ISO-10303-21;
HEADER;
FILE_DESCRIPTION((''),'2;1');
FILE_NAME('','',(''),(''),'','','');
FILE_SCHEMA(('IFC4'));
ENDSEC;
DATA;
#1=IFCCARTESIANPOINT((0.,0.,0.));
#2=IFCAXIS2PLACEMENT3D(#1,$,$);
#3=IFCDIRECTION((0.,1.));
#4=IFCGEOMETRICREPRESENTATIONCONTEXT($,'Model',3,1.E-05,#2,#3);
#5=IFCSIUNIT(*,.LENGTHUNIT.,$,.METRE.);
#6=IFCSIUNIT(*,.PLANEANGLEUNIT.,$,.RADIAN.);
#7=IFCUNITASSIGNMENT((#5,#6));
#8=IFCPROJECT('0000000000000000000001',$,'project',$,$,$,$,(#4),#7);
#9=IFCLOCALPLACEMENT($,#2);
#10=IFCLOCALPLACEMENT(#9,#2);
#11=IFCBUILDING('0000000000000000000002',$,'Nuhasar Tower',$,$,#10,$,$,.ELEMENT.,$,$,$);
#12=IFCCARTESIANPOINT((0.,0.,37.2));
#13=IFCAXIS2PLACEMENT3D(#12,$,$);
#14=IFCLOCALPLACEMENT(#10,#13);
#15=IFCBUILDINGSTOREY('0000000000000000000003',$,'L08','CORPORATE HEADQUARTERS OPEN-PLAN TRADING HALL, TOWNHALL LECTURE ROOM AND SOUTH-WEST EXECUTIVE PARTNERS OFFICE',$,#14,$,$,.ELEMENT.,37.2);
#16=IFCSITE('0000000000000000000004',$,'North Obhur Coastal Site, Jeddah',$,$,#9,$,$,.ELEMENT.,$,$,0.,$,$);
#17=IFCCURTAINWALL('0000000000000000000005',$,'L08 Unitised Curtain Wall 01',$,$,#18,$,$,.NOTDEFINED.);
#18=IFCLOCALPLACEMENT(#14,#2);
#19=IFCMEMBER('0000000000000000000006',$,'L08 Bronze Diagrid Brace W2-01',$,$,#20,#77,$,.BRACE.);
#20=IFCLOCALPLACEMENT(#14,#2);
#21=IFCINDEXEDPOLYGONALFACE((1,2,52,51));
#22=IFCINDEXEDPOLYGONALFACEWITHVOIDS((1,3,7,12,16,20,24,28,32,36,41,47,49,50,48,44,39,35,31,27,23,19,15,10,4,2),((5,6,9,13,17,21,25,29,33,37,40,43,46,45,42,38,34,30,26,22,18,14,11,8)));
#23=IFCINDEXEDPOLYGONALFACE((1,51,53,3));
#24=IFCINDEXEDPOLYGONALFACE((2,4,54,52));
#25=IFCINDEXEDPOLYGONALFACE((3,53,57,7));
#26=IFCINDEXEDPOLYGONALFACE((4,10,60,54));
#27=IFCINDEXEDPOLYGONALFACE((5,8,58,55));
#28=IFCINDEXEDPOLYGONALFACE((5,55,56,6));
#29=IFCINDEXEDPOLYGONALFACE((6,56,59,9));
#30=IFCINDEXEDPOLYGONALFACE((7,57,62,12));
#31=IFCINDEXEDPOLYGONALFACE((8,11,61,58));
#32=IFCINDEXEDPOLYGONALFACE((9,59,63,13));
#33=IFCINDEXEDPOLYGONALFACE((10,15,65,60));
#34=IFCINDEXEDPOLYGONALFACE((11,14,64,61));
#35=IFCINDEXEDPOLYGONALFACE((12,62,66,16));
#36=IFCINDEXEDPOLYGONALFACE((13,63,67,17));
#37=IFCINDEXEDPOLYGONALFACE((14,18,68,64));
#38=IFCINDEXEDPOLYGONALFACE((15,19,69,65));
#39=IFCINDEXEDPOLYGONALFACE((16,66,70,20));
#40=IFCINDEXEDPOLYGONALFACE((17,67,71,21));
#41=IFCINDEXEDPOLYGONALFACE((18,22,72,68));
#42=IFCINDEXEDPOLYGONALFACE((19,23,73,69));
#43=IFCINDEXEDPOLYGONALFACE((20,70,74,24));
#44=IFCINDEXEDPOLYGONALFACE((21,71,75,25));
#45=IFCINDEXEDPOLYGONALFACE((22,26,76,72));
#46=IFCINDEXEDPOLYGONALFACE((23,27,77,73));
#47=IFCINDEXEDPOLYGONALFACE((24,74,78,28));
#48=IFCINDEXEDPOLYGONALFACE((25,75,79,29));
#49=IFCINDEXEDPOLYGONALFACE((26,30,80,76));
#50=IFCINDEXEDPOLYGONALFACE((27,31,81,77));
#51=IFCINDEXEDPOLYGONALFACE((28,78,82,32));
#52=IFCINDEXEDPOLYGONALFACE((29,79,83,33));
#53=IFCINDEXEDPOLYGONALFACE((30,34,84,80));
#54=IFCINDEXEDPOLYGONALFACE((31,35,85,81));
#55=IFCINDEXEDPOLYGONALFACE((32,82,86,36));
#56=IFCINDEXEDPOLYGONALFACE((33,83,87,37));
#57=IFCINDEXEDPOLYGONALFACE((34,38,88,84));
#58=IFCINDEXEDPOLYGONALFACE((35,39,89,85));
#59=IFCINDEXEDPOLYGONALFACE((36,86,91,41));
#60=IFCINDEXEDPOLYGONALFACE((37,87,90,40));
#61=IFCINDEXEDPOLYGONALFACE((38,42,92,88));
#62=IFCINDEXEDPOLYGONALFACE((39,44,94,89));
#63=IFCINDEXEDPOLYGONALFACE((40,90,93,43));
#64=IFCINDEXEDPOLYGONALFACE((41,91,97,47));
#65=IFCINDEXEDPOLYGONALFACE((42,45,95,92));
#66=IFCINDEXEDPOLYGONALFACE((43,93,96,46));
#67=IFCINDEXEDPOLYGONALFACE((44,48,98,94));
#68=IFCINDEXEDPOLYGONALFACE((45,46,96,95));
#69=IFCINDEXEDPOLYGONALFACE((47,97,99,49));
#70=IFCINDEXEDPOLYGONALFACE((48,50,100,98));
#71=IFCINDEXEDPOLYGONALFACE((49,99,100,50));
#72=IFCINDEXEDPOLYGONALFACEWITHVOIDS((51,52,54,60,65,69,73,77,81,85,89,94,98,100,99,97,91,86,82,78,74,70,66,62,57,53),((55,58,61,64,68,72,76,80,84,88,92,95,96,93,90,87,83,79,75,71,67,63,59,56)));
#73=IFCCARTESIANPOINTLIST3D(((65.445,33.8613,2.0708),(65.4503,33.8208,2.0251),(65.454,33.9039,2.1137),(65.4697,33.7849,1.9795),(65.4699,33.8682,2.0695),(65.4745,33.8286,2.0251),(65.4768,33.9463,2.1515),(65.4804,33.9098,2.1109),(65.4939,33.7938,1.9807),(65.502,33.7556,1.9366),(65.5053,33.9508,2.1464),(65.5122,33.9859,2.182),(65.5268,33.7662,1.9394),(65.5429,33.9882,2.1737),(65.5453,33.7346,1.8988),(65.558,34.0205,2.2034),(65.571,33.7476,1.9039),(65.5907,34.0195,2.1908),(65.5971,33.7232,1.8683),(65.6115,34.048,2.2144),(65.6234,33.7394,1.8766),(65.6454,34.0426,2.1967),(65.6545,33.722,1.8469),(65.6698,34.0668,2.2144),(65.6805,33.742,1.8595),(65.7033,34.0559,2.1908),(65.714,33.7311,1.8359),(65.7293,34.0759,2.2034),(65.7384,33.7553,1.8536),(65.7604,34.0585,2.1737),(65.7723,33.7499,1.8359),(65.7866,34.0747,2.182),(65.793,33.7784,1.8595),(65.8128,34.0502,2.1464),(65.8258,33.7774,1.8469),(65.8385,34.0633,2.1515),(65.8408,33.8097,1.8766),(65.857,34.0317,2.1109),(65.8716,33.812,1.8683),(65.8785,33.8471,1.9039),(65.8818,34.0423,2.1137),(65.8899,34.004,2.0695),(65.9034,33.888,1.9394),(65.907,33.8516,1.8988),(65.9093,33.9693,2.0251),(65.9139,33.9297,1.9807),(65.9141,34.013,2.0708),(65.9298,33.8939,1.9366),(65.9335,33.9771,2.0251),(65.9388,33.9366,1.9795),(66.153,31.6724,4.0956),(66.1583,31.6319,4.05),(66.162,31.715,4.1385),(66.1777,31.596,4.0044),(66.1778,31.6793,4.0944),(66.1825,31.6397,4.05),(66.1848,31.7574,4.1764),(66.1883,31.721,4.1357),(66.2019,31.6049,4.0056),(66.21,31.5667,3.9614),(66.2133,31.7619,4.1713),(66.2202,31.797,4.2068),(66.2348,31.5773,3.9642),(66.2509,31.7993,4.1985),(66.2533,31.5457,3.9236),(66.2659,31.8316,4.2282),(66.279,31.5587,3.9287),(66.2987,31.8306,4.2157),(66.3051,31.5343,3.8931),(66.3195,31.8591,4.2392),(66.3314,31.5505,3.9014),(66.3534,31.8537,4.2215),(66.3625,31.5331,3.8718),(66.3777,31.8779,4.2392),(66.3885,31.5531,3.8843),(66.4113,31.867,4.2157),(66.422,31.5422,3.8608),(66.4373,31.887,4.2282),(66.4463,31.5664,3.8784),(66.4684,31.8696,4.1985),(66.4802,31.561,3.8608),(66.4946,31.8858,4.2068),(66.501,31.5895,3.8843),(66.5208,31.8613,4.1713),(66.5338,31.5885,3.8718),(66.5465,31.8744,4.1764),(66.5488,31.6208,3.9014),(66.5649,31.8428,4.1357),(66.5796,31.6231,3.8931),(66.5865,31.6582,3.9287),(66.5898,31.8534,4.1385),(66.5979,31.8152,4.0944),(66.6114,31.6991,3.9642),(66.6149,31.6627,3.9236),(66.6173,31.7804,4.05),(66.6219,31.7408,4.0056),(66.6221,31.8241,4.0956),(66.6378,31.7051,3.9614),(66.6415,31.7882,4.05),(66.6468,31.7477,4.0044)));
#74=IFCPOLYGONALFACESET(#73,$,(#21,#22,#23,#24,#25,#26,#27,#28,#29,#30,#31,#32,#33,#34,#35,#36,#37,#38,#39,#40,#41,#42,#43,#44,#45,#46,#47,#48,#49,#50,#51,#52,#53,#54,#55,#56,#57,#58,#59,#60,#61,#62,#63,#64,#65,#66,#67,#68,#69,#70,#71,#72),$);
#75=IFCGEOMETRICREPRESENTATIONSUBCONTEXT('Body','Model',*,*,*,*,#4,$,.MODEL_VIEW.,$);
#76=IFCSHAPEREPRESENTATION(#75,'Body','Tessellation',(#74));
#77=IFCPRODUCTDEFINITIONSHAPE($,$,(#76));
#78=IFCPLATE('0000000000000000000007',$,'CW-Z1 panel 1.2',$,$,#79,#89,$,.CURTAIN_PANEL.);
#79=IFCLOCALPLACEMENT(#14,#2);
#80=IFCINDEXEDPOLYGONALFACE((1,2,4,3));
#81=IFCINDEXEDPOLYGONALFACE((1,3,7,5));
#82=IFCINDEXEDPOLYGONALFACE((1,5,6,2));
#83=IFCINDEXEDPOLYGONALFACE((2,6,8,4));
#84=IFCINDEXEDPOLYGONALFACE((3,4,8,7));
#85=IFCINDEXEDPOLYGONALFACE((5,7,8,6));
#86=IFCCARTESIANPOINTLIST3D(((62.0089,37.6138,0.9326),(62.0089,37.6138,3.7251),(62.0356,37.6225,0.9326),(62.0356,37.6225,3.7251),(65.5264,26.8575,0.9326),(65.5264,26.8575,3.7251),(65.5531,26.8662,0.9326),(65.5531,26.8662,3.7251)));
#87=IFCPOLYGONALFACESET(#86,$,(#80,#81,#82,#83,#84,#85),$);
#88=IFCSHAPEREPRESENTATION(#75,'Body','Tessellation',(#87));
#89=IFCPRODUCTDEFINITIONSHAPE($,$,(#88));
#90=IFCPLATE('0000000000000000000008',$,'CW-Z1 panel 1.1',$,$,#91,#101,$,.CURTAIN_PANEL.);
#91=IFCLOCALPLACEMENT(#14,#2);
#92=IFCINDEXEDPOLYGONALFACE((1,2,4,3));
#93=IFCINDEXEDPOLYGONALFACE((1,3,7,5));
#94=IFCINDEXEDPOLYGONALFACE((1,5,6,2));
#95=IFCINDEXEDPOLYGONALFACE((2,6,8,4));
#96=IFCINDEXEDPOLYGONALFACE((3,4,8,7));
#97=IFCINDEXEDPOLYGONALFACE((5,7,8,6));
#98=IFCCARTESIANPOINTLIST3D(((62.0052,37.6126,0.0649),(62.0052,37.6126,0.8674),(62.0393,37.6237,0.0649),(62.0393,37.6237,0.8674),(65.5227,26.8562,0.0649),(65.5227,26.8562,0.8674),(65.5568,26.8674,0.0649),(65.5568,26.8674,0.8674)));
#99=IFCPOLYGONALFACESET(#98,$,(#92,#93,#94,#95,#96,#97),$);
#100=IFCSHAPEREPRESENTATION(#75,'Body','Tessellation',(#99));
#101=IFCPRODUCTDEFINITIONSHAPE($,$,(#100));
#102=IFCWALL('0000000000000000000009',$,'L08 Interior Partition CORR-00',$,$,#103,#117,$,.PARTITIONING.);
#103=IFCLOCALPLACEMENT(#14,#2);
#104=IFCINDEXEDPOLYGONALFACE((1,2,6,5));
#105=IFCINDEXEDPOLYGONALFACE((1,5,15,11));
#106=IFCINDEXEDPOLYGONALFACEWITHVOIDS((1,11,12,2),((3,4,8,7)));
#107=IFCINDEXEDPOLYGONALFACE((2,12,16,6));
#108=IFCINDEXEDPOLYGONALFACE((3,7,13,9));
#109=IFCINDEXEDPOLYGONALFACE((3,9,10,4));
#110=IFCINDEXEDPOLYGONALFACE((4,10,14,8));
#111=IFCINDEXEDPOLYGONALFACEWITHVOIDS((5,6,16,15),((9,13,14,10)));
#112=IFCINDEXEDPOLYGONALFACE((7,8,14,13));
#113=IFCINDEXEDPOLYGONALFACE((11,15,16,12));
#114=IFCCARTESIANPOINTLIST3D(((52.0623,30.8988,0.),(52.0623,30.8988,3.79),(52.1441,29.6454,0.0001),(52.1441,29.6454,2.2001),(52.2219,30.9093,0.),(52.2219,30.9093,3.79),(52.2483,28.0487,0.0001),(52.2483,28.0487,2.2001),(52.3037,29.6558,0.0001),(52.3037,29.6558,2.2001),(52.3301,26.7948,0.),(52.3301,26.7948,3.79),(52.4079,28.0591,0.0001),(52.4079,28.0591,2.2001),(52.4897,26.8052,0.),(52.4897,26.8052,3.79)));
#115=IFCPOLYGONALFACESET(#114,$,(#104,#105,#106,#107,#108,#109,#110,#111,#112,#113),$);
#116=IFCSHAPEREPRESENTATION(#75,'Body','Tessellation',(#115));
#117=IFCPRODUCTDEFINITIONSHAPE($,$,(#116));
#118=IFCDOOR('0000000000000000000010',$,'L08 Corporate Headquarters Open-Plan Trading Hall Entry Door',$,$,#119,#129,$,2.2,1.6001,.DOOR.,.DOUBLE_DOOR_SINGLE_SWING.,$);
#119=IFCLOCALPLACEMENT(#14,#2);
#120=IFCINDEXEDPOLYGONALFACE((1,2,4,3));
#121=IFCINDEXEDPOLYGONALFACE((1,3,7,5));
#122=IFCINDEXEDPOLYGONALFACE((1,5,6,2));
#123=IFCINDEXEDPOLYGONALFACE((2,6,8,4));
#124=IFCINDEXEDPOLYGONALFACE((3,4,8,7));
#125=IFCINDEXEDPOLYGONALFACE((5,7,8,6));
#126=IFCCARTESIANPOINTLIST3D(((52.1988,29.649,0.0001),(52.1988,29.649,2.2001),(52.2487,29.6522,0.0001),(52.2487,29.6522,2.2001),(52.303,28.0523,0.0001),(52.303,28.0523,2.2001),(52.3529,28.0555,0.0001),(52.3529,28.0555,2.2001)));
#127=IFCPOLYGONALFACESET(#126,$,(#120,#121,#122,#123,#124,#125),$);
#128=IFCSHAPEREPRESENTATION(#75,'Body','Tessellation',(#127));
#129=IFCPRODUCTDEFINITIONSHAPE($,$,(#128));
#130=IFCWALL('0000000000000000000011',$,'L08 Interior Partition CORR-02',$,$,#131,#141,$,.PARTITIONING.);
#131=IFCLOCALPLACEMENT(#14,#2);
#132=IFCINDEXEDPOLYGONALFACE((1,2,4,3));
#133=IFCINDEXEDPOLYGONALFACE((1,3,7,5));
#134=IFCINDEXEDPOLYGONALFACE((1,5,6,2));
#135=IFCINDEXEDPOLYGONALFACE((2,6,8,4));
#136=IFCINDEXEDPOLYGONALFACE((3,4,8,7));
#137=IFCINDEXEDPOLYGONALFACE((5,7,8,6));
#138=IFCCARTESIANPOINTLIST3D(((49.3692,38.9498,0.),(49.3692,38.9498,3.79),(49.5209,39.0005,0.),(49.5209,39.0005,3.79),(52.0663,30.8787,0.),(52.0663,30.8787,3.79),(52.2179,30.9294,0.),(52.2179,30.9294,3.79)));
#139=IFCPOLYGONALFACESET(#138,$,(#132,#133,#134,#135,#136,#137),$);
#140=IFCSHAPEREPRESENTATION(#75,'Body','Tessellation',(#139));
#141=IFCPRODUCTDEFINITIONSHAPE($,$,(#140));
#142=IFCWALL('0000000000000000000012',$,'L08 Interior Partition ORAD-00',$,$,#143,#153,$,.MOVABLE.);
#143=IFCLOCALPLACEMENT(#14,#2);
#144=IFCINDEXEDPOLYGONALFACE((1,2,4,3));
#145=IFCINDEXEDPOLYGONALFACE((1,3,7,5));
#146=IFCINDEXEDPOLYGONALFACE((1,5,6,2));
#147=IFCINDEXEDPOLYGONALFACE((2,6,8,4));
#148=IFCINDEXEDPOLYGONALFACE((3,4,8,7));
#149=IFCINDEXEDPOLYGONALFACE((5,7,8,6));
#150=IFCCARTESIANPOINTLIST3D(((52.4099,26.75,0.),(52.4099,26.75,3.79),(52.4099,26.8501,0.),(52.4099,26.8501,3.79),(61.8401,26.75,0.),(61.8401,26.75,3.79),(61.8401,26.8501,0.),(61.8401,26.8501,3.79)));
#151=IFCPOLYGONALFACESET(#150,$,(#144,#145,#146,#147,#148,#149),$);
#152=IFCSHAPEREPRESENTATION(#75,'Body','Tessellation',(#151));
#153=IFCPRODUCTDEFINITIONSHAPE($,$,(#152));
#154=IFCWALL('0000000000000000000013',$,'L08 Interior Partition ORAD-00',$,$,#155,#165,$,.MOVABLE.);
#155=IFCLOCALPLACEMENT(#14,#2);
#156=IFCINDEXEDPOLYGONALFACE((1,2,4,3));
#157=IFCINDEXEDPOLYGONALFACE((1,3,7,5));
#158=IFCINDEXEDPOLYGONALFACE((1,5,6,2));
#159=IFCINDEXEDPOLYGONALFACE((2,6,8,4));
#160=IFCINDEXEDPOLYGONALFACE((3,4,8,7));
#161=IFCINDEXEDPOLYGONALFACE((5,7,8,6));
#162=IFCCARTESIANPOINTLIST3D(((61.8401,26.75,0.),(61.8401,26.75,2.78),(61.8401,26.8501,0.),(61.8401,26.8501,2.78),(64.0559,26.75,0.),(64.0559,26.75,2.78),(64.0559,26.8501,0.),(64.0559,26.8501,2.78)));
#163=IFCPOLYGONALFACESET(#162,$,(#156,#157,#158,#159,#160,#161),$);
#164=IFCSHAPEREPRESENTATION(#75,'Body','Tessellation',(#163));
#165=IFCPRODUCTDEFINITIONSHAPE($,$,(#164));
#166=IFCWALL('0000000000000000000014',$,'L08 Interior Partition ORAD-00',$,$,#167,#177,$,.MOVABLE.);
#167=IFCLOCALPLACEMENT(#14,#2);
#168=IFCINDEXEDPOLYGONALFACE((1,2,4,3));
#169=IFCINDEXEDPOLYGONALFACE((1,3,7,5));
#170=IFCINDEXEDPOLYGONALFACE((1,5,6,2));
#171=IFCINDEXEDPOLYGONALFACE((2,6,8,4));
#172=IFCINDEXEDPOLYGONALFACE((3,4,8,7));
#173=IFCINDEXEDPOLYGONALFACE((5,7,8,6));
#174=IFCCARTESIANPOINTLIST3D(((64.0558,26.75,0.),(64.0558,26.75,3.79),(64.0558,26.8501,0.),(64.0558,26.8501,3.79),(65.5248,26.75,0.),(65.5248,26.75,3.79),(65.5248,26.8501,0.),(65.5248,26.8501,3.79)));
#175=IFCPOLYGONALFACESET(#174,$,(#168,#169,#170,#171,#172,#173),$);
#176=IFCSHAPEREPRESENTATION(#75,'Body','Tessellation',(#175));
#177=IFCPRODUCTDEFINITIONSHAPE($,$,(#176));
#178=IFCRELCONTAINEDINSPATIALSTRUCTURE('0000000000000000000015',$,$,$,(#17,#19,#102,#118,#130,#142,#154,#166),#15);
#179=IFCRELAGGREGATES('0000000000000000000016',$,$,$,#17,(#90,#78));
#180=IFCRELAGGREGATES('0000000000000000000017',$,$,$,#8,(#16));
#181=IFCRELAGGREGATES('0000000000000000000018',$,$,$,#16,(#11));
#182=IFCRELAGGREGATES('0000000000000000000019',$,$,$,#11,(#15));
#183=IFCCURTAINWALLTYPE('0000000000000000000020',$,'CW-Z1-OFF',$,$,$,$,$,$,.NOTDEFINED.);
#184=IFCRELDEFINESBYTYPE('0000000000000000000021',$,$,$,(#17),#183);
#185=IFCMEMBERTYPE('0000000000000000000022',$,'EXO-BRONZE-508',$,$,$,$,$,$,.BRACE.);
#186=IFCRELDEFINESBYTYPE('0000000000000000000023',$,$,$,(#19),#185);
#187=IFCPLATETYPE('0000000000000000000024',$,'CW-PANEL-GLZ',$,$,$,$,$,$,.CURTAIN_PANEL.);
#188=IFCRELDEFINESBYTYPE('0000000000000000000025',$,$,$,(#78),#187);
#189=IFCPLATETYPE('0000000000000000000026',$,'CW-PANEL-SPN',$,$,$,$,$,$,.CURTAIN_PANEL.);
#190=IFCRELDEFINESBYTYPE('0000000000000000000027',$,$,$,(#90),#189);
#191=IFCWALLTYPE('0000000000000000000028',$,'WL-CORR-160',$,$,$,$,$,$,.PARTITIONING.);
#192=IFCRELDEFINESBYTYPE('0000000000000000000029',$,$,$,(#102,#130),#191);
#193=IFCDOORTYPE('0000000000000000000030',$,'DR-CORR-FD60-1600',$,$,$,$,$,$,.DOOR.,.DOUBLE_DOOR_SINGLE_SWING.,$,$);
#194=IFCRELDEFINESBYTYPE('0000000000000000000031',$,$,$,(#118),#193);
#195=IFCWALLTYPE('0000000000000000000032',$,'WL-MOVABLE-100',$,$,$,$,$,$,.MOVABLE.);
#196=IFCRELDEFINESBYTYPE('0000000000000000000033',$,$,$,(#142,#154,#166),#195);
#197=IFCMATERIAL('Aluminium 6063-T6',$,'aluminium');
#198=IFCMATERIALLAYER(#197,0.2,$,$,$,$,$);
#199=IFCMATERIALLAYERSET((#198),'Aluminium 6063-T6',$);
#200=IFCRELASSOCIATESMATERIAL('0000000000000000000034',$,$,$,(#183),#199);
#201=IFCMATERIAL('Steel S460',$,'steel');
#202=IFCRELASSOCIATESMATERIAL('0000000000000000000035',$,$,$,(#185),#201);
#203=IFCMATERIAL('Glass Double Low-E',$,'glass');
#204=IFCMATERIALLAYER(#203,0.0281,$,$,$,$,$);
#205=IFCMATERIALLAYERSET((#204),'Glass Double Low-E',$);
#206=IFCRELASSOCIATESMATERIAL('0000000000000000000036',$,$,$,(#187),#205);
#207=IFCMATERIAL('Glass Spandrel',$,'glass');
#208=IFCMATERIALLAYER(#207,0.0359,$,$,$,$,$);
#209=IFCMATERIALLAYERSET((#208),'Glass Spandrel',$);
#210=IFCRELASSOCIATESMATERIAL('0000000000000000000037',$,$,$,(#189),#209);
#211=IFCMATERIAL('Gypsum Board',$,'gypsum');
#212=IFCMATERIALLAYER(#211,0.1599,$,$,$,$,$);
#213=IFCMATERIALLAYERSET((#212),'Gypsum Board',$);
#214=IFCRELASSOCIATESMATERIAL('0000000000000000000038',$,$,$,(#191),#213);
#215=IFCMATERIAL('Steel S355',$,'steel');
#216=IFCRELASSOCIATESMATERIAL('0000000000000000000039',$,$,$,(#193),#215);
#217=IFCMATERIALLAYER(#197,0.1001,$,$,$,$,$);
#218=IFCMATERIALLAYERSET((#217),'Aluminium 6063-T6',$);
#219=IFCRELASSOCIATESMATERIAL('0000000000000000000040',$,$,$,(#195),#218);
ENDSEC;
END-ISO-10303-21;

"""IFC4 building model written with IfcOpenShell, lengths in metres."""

from ifc_helpers import new_model, si_unit, direction, frame, frame_2d, origin, origin_2d, place, context, subcontext, project, spatial, rectangle, hollow_circle, extrude, material, layer, layer_set, material_profile, profile_set, type_object, element, fill, aggregate, save


model = new_model("IFC4")

# Units and contexts
model_context = context("Model", 3, precision=1e-05, world=origin(), true_north=direction((0.0, 1.0)))
body_context = subcontext(model_context, "Body", "Model", "MODEL_VIEW")
ifc_project = project(units=[si_unit("LENGTHUNIT", "METRE"), si_unit("PLANEANGLEUNIT", "RADIAN")], contexts=[model_context])

# Site, building, storey
site_placement = place(None, origin())
site = spatial("IfcSite", under=ifc_project, at=site_placement, Name="North Obhur Coastal Site, Jeddah", CompositionType="ELEMENT", RefElevation=0.0)
building_placement = place(site_placement, origin())
building = spatial("IfcBuilding", under=site, at=building_placement, Name="Nuhasar Tower", CompositionType="ELEMENT")
storey_placement = place(building_placement, frame((0.0, 0.0, 37.2)))
storey = spatial("IfcBuildingStorey", under=building, at=storey_placement, Name="L08", Description="CORPORATE HEADQUARTERS OPEN-PLAN TRADING HALL, TOWNHALL LECTURE ROOM AND SOUTH-WEST EXECUTIVE PARTNERS OFFICE", CompositionType="ELEMENT", Elevation=37.2)

# Shared definitions
ifc_material_1 = material(Name="Steel S355", Category="steel")

# Curtain wall
ifc_material_2 = material(Name="Aluminium 6063-T6", Category="aluminium")
ifc_layer_1 = layer(ifc_material_2, 0.2)
ifc_layer_set_1 = layer_set([ifc_layer_1], Name="Aluminium 6063-T6")
curtain_wall_type = type_object("IfcCurtainWallType", Name="CW-Z1-OFF", PredefinedType="NOTDEFINED", material=ifc_layer_set_1)
curtain_wall_1_placement = place(storey_placement, origin())
curtain_wall_1 = element("IfcCurtainWall", 1, at=curtain_wall_1_placement, inside=storey, type_object=curtain_wall_type, Name="L08 Unitised Curtain Wall 01", PredefinedType="NOTDEFINED")

# Member
ifc_material_3 = material(Name="Steel S460", Category="steel")
ifc_material_profile_1 = material_profile(ifc_material_3, hollow_circle(Radius=0.2539, WallThickness=0.0254, at=origin_2d()), Name="HSS508X25.4")
ifc_profile_set_1 = profile_set([ifc_material_profile_1], Name="Steel S460")
member_type_1 = type_object("IfcMemberType", Name="EXO-BRONZE-508", PredefinedType="BRACE", material=ifc_profile_set_1)
member_1_placement = place(storey_placement, frame((65.6919, 33.8989, 2.0251), z_axis=(0.231012, -0.714225, 0.660694), x_axis=(0.951468, 0.307747, 0.0)))
element("IfcMember", 2, at=member_1_placement, inside=storey, type_object=member_type_1, Name="L08 Bronze Diagrid Brace W2-01", PredefinedType="BRACE", context=body_context, shape_type="SweptSolid", body=[
    extrude(hollow_circle(Radius=0.2539, WallThickness=0.0254, at=origin_2d()), origin(), (0.0, 0.0, 1.0), 3.0647),
])

# Plates
ifc_material_4 = material(Name="Glass Double Low-E", Category="glass")
ifc_layer_2 = layer(ifc_material_4, 0.0281)
ifc_layer_set_2 = layer_set([ifc_layer_2], Name="Glass Double Low-E")
plate_type_1 = type_object("IfcPlateType", Name="CW-PANEL-GLZ", PredefinedType="CURTAIN_PANEL", material=ifc_layer_set_2)
plate_1_placement = place(storey_placement, frame((63.781, 32.24, 0.9326), z_axis=(0.0, 0.0, 1.0), x_axis=(-0.310824, 0.950468, 0.0)))
plate_1 = element("IfcPlate", 3, at=plate_1_placement, type_object=plate_type_1, Name="CW-Z1 panel 1.2", PredefinedType="CURTAIN_PANEL", context=body_context, shape_type="SweptSolid", body=[
    extrude(rectangle(XDim=11.3169, YDim=0.0281, at=origin_2d()), origin(), (0.0, 0.0, 1.0), 2.7925),
])
ifc_material_5 = material(Name="Glass Spandrel", Category="glass")
ifc_layer_3 = layer(ifc_material_5, 0.0359)
ifc_layer_set_3 = layer_set([ifc_layer_3], Name="Glass Spandrel")
plate_type_2 = type_object("IfcPlateType", Name="CW-PANEL-SPN", PredefinedType="CURTAIN_PANEL", material=ifc_layer_set_3)
plate_2_placement = place(storey_placement, frame((63.781, 32.24, 0.0649), z_axis=(0.0, 0.0, 1.0), x_axis=(-0.310824, 0.950468, 0.0)))
plate_2 = element("IfcPlate", 4, at=plate_2_placement, type_object=plate_type_2, Name="CW-Z1 panel 1.1", PredefinedType="CURTAIN_PANEL", context=body_context, shape_type="SweptSolid", body=[
    extrude(rectangle(XDim=11.3169, YDim=0.0359, at=origin_2d()), origin(), (0.0, 0.0, 1.0), 0.8025),
])
aggregate(curtain_wall_1, [plate_2, plate_1])

# Wall, opening, door
ifc_material_6 = material(Name="Gypsum Board", Category="gypsum")
ifc_layer_4 = layer(ifc_material_6, 0.1599)
ifc_layer_set_4 = layer_set([ifc_layer_4], Name="Gypsum Board")
wall_type_1 = type_object("IfcWallType", Name="WL-CORR-160", PredefinedType="PARTITIONING", material=ifc_layer_set_4)
wall_1_placement = place(storey_placement, frame((52.1421, 30.9041, 0.0), z_axis=(0.0, 0.0, 1.0), x_axis=(0.06512, -0.997877, 0.0)))
wall_1 = element("IfcWall", 5, at=wall_1_placement, inside=storey, type_object=wall_type_1, Name="L08 Interior Partition CORR-00", PredefinedType="PARTITIONING", context=body_context, shape_type="SweptSolid", body=[
    extrude(rectangle(XDim=4.1128, YDim=0.1599, at=frame_2d((2.0564, 0.0))), origin(), (0.0, 0.0, 1.0), 3.79),
])
opening_placement = place(wall_1_placement, frame((1.2561, 0.0, 0.0)))
opening = element("IfcOpeningElement", 6, at=opening_placement, cuts=wall_1, PredefinedType="OPENING", context=body_context, shape_type="SweptSolid", body=[
    extrude(rectangle(XDim=1.6001, YDim=2.2, at=frame_2d((0.8, 1.1001))), frame((0.0, 0.0898, 0.0), z_axis=(0.0, -1.0, 0.0), x_axis=(1.0, 0.0, 0.0)), (0.0, 0.0, 1.0), 0.1799),
])
door_type = type_object("IfcDoorType", Name="DR-CORR-FD60-1600", OperationType="DOUBLE_DOOR_SINGLE_SWING", PredefinedType="DOOR", material=ifc_material_1)
door_placement = place(opening_placement, origin())
door = element("IfcDoor", 7, at=door_placement, inside=storey, type_object=door_type, Name="L08 Corporate Headquarters Open-Plan Trading Hall Entry Door", OperationType="DOUBLE_DOOR_SINGLE_SWING", OverallHeight=2.2, OverallWidth=1.6001, PredefinedType="DOOR", context=body_context, shape_type="SweptSolid", body=[
    extrude(rectangle(XDim=1.6001, YDim=2.2, at=frame_2d((0.8, 1.1001))), frame((0.0, 0.0249, 0.0), z_axis=(0.0, -1.0, 0.0), x_axis=(1.0, 0.0, 0.0)), (0.0, 0.0, 1.0), 0.05),
])
fill(opening, door)

# Walls
wall_2_placement = place(storey_placement, frame((52.1421, 30.9041, 0.0), z_axis=(0.0, 0.0, 1.0), x_axis=(-0.316933, 0.948448, 0.0)))
element("IfcWall", 8, at=wall_2_placement, inside=storey, type_object=wall_type_1, Name="L08 Interior Partition CORR-02", PredefinedType="PARTITIONING", context=body_context, shape_type="SweptSolid", body=[
    extrude(rectangle(XDim=8.5098, YDim=0.1599, at=frame_2d((4.2549, 0.0))), origin(), (0.0, 0.0, 1.0), 3.79),
])
ifc_layer_5 = layer(ifc_material_2, 0.1001)
ifc_layer_set_5 = layer_set([ifc_layer_5], Name="Aluminium 6063-T6")
wall_type_2 = type_object("IfcWallType", Name="WL-MOVABLE-100", PredefinedType="MOVABLE", material=ifc_layer_set_5)
wall_3_placement = place(storey_placement, frame((52.4099, 26.8, 0.0), z_axis=(0.0, 0.0, 1.0), x_axis=(1.0, 0.0, 0.0)))
element("IfcWall", 9, at=wall_3_placement, inside=storey, type_object=wall_type_2, Name="L08 Interior Partition ORAD-00", PredefinedType="MOVABLE", context=body_context, shape_type="SweptSolid", body=[
    extrude(rectangle(XDim=9.4302, YDim=0.1001, at=frame_2d((4.7151, 0.0))), origin(), (0.0, 0.0, 1.0), 3.79),
])
wall_4_placement = place(storey_placement, frame((61.8401, 26.8, 0.0), z_axis=(0.0, 0.0, 1.0), x_axis=(1.0, 0.0, 0.0)))
element("IfcWall", 10, at=wall_4_placement, inside=storey, type_object=wall_type_2, Name="L08 Interior Partition ORAD-00", PredefinedType="MOVABLE", context=body_context, shape_type="SweptSolid", body=[
    extrude(rectangle(XDim=2.2158, YDim=0.1001, at=frame_2d((1.1079, 0.0))), origin(), (0.0, 0.0, 1.0), 2.78),
])
wall_5_placement = place(storey_placement, frame((64.0559, 26.8, 0.0), z_axis=(0.0, 0.0, 1.0), x_axis=(1.0, 0.0, 0.0)))
element("IfcWall", 11, at=wall_5_placement, inside=storey, type_object=wall_type_2, Name="L08 Interior Partition ORAD-00", PredefinedType="MOVABLE", context=body_context, shape_type="SweptSolid", body=[
    extrude(rectangle(XDim=1.469, YDim=0.1001, at=frame_2d((0.7344, 0.0))), origin(), (0.0, 0.0, 1.0), 3.79),
])

save(model, "model.ifc")
